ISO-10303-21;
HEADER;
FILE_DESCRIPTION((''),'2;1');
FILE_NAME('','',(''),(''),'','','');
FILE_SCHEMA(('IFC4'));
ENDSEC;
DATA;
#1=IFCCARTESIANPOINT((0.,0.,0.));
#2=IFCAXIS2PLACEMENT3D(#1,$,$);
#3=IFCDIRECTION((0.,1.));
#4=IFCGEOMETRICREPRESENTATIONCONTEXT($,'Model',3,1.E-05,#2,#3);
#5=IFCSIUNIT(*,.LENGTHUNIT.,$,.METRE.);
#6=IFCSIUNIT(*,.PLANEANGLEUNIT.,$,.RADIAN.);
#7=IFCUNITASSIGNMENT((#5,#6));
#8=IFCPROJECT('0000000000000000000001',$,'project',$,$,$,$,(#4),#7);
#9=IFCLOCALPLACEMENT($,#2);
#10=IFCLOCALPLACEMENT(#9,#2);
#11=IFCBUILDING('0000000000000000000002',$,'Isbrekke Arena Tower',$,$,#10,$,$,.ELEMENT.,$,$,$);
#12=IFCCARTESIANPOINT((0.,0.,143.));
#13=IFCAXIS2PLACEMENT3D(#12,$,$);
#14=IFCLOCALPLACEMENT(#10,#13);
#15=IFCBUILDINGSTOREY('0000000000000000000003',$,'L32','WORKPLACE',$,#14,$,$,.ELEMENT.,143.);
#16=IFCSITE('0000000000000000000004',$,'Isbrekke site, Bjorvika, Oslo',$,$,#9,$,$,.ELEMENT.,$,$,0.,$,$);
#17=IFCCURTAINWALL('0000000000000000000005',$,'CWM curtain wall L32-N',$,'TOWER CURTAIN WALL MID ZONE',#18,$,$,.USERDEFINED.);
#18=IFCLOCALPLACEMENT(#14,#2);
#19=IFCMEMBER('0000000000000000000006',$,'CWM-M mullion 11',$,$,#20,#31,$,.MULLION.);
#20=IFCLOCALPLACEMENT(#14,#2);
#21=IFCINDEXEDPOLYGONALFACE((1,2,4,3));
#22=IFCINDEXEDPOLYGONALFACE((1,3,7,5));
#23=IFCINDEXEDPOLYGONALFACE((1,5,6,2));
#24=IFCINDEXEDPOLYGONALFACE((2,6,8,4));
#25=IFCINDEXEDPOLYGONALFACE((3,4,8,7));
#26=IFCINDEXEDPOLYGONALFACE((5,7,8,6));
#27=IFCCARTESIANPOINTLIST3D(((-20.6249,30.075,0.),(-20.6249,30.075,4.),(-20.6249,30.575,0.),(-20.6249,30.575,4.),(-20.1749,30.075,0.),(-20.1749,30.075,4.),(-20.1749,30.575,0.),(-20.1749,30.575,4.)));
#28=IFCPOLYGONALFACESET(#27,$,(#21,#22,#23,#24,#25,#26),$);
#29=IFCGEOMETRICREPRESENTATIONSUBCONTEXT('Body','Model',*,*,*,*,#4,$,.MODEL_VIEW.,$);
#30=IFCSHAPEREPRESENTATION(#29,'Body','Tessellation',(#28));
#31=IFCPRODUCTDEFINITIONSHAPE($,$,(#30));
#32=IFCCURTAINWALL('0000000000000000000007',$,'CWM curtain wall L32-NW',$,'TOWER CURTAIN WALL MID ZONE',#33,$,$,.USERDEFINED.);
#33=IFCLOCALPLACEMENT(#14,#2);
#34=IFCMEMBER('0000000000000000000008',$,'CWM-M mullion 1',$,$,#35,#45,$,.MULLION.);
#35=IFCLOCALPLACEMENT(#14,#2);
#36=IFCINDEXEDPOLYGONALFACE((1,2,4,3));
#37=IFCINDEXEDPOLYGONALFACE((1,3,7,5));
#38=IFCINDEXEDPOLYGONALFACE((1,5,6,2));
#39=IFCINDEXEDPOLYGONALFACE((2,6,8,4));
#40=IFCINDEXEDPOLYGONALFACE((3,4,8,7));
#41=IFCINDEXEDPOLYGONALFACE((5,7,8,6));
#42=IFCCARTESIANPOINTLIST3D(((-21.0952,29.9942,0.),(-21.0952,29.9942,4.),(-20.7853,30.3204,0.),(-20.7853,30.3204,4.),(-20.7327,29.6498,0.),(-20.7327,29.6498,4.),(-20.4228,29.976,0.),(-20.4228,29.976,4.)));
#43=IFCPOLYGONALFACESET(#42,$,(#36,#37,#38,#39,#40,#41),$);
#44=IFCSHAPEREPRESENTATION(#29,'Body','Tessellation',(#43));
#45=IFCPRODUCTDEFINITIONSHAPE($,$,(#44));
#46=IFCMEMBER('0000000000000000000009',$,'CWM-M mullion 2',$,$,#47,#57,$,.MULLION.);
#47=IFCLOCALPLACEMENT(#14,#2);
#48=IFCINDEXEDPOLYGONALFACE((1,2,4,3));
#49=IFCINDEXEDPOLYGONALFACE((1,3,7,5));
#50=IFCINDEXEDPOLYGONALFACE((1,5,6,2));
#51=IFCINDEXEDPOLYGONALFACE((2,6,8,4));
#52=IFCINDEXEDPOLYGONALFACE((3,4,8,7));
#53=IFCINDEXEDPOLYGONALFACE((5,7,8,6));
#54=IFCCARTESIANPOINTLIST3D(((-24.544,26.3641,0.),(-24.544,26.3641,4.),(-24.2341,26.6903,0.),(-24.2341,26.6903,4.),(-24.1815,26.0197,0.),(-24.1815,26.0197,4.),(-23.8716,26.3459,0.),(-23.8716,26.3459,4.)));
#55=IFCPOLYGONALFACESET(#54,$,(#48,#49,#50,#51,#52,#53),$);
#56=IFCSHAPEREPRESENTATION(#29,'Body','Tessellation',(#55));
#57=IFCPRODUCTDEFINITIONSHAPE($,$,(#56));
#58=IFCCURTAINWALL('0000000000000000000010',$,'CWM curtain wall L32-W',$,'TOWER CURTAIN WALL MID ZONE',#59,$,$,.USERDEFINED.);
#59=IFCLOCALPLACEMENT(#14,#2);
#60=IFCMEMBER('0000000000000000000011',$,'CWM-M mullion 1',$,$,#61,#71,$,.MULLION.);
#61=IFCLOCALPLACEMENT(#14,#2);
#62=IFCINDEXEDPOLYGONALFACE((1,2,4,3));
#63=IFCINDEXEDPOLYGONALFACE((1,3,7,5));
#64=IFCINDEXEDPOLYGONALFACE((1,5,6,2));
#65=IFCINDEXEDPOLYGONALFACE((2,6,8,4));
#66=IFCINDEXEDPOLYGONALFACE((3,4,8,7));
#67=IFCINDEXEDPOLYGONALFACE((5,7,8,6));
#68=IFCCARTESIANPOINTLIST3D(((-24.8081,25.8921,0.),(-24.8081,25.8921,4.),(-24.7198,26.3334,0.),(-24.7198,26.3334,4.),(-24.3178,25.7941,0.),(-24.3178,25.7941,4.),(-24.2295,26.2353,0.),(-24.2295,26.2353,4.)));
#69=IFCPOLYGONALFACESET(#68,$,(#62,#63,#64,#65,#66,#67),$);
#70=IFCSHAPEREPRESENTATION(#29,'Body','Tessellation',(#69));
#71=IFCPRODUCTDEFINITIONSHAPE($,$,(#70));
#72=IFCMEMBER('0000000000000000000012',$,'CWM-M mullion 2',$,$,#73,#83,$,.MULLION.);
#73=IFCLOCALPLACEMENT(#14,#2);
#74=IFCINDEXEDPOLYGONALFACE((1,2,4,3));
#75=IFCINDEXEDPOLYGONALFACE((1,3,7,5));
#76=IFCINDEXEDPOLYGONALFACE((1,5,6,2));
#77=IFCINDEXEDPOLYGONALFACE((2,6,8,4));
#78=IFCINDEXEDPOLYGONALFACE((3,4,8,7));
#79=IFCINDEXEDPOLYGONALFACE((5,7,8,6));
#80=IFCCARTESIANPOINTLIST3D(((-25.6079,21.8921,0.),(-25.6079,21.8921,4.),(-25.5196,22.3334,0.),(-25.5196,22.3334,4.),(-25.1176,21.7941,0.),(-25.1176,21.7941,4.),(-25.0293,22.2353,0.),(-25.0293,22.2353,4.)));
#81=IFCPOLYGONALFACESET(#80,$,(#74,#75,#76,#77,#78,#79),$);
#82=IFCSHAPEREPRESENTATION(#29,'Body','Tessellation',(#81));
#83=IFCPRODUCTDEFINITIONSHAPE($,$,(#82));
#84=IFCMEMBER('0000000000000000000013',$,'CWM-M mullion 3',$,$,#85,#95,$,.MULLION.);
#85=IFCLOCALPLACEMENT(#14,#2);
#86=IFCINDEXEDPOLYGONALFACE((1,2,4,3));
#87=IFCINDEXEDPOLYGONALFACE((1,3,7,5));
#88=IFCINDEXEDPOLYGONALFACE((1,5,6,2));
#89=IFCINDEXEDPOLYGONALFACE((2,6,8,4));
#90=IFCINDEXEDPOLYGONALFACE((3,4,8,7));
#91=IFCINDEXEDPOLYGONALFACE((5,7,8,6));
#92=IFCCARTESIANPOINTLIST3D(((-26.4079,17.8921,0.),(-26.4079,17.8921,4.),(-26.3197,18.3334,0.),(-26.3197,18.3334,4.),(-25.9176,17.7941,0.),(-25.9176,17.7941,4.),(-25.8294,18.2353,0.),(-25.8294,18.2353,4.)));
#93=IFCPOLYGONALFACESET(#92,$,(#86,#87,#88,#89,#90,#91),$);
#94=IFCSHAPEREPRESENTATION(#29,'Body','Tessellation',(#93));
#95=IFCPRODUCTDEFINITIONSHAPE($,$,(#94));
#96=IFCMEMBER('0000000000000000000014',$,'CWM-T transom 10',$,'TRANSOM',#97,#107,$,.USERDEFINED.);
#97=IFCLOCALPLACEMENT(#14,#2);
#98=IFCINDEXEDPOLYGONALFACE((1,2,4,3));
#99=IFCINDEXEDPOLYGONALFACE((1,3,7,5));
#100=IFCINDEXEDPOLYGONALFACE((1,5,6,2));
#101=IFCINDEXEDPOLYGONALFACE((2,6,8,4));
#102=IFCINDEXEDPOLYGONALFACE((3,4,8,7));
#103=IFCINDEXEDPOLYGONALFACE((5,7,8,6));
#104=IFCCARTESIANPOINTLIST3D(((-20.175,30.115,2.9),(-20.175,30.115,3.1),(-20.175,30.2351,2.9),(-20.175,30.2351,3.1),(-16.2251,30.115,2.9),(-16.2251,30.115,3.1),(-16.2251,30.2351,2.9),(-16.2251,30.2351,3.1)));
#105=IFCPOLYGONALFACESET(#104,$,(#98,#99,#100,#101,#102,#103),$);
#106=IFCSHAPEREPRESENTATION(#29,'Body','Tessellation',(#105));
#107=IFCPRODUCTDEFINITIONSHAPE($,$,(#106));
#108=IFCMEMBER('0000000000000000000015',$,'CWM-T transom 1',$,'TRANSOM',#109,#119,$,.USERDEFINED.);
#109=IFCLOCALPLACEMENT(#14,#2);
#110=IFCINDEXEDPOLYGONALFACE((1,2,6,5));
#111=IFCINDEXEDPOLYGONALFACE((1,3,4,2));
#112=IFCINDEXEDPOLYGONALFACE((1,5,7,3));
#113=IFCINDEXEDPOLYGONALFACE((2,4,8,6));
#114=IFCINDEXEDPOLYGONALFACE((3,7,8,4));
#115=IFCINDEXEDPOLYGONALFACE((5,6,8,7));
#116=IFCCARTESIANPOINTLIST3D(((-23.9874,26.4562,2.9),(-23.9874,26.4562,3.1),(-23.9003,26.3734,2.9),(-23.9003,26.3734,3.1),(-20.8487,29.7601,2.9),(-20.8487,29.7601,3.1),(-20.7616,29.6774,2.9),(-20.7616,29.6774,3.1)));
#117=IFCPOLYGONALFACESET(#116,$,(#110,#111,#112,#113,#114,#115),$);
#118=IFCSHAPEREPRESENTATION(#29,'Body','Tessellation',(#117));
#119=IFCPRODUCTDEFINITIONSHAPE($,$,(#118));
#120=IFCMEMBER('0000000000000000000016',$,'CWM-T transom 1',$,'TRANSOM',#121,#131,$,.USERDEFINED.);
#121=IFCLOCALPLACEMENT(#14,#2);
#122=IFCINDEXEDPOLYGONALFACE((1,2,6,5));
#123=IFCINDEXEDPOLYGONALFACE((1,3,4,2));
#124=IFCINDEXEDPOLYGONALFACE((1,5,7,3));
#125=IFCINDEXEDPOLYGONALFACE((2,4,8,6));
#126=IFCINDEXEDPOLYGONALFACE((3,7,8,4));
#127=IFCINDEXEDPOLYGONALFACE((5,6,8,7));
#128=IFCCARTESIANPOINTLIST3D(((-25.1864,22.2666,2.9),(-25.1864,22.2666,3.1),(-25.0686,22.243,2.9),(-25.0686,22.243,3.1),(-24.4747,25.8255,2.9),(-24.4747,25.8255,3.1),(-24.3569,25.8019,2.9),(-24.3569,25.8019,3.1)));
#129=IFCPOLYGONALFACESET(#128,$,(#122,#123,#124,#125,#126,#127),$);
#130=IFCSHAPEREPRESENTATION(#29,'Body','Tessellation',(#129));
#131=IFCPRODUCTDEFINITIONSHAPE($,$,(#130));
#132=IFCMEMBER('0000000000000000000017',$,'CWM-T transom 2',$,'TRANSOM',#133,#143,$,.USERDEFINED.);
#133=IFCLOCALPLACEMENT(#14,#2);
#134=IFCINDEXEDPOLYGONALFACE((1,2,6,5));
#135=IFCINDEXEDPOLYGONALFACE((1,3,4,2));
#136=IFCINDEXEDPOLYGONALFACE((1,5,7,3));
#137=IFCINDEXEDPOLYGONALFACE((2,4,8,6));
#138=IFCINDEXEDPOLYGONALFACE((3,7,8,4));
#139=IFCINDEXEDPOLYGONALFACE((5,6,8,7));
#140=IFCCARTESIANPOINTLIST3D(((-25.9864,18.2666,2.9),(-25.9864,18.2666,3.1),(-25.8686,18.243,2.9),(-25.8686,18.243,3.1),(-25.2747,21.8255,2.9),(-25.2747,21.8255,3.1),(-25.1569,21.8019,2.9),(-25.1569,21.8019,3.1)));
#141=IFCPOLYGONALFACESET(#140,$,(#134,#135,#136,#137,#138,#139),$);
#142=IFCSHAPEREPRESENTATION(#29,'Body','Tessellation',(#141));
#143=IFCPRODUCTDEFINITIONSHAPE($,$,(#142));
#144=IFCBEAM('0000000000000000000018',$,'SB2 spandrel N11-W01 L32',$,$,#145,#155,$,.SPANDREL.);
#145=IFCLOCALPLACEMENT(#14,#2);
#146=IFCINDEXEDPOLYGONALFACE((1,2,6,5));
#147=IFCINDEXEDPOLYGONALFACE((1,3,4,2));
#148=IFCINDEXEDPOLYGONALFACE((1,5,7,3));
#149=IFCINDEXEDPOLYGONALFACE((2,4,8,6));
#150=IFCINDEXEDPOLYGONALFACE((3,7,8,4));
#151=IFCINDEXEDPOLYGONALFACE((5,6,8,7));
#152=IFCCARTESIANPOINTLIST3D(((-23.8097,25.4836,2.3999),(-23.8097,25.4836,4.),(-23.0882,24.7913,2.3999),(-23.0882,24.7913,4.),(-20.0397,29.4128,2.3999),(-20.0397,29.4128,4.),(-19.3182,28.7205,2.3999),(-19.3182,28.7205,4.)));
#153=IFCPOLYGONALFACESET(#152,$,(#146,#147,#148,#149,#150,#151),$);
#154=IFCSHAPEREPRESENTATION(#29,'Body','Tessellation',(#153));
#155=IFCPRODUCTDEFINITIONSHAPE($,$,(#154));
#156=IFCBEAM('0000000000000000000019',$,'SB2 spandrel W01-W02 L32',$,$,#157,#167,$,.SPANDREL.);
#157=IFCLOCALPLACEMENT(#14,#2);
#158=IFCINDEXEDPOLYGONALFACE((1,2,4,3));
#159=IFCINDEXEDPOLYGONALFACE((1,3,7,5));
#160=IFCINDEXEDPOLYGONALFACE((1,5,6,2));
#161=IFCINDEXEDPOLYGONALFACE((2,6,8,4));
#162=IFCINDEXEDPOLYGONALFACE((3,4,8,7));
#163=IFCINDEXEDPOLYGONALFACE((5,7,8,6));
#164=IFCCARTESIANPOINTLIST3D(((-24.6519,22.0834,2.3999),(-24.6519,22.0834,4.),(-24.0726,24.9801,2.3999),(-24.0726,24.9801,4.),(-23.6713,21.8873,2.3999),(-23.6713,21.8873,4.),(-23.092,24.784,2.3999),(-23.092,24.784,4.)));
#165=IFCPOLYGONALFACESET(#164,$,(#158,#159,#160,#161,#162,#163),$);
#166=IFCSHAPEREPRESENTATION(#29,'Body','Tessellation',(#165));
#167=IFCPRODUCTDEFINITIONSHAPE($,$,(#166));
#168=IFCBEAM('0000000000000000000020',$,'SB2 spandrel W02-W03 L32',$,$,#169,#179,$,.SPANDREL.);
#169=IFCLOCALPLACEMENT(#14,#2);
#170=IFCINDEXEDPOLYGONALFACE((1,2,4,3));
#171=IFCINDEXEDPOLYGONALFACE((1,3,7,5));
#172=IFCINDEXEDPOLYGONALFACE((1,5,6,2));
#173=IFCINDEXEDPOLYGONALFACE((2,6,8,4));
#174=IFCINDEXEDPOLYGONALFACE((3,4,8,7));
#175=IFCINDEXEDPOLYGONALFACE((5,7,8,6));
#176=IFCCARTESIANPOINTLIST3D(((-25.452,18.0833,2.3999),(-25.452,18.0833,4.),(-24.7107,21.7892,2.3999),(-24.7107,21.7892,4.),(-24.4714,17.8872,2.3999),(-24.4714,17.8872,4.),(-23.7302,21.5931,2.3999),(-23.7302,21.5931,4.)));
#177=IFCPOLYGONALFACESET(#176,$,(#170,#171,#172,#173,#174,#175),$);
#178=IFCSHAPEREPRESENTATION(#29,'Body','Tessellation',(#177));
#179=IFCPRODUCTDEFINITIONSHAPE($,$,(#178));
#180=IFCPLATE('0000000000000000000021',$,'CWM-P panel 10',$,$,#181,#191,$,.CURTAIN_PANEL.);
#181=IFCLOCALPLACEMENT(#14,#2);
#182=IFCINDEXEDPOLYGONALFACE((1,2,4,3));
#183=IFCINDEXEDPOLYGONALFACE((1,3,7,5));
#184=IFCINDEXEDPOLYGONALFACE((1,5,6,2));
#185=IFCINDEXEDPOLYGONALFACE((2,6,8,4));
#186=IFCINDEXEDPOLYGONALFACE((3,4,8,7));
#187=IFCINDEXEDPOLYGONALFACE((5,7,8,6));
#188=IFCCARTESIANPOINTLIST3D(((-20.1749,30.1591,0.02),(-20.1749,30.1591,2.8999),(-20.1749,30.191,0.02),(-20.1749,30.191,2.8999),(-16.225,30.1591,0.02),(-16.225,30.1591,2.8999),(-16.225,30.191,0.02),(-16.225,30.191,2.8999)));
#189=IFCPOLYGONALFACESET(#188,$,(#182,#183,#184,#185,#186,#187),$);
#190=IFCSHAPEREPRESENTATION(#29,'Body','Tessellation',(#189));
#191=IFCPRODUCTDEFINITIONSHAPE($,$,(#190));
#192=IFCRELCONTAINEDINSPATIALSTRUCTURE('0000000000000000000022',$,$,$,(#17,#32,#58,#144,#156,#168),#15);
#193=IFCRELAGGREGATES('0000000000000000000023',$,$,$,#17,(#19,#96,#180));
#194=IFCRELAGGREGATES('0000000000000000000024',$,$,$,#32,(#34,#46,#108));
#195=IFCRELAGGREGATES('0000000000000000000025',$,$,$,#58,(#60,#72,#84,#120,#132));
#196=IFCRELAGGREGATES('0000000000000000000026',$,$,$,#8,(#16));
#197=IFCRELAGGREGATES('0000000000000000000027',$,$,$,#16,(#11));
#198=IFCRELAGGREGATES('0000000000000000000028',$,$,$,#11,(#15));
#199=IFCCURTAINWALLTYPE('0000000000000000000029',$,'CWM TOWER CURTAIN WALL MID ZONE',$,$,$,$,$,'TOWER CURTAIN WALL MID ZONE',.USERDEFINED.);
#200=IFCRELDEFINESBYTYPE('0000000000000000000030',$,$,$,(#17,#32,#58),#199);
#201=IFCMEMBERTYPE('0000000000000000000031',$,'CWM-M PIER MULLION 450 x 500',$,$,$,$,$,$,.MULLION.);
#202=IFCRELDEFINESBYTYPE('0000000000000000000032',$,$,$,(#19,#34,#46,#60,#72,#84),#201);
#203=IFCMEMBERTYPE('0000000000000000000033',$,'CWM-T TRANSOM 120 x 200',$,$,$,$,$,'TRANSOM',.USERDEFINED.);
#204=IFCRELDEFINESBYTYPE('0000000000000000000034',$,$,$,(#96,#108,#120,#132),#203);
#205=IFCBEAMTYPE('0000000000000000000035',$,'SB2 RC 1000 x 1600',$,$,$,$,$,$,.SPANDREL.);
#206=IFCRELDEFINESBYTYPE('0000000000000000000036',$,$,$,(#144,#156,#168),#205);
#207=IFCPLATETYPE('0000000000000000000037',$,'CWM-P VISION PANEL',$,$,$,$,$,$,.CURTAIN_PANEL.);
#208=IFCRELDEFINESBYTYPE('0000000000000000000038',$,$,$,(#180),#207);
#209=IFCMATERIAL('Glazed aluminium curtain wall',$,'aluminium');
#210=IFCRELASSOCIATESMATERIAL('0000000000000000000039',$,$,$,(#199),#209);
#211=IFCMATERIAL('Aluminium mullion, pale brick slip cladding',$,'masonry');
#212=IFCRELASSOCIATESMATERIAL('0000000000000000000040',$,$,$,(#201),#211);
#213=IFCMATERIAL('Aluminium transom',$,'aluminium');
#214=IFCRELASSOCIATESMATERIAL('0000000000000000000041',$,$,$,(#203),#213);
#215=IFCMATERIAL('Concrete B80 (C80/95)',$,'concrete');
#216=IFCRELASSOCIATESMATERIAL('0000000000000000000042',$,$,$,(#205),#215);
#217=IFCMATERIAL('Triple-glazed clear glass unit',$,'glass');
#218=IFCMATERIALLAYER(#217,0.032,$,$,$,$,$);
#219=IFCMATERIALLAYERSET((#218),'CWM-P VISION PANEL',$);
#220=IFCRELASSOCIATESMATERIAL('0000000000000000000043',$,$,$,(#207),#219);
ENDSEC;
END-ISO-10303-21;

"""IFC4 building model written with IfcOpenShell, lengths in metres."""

from ifc_helpers import new_model, si_unit, direction, frame, origin, origin_2d, place, context, subcontext, project, spatial, rectangle, extrude, material, layer, layer_set, material_profile, profile_set, type_object, element, aggregate, save


model = new_model("IFC4")

# Units and contexts
model_context = context("Model", 3, precision=1e-05, world=origin(), true_north=direction((0.0, 1.0)))
body_context = subcontext(model_context, "Body", "Model", "MODEL_VIEW")
ifc_project = project(units=[si_unit("LENGTHUNIT", "METRE"), si_unit("PLANEANGLEUNIT", "RADIAN")], contexts=[model_context])

# Site, building, storey
site_placement = place(None, origin())
site = spatial("IfcSite", under=ifc_project, at=site_placement, Name="Isbrekke site, Bjorvika, Oslo", CompositionType="ELEMENT", RefElevation=0.0)
building_placement = place(site_placement, origin())
building = spatial("IfcBuilding", under=site, at=building_placement, Name="Isbrekke Arena Tower", CompositionType="ELEMENT")
storey_placement = place(building_placement, frame((0.0, 0.0, 143.0)))
storey = spatial("IfcBuildingStorey", under=building, at=storey_placement, Name="L32", Description="WORKPLACE", CompositionType="ELEMENT", Elevation=143.0)

# Curtain wall, member
ifc_material_1 = material(Name="Glazed aluminium curtain wall", Category="aluminium")
curtain_wall_type = type_object("IfcCurtainWallType", Name="CWM TOWER CURTAIN WALL MID ZONE", ElementType="TOWER CURTAIN WALL MID ZONE", PredefinedType="USERDEFINED", material=ifc_material_1)
curtain_wall_1_placement = place(storey_placement, origin())
curtain_wall_1 = element("IfcCurtainWall", 1, at=curtain_wall_1_placement, inside=storey, type_object=curtain_wall_type, Name="CWM curtain wall L32-N", ObjectType="TOWER CURTAIN WALL MID ZONE", PredefinedType="USERDEFINED")
ifc_material_2 = material(Name="Aluminium mullion, pale brick slip cladding", Category="masonry")
ifc_material_profile_1 = material_profile(ifc_material_2, rectangle(XDim=0.45, YDim=0.5, at=origin_2d()), Name="PIER 450X500")
ifc_profile_set_1 = profile_set([ifc_material_profile_1], Name="Aluminium mullion, pale brick slip cladding")
member_type_1 = type_object("IfcMemberType", Name="CWM-M PIER MULLION 450 x 500", PredefinedType="MULLION", material=ifc_profile_set_1)
member_1_placement = place(storey_placement, frame((-20.3999, 30.325, 0.0), z_axis=(0.0, 0.0, 1.0), x_axis=(-1.0, 0.0, 0.0)))
member_1 = element("IfcMember", 2, at=member_1_placement, type_object=member_type_1, Name="CWM-M mullion 11", PredefinedType="MULLION", context=body_context, shape_type="SweptSolid", body=[
    extrude(rectangle(XDim=0.45, YDim=0.5, at=origin_2d()), origin(), (0.0, 0.0, 1.0), 4.0),
])

# Curtain walls, members
curtain_wall_2_placement = place(storey_placement, origin())
curtain_wall_2 = element("IfcCurtainWall", 3, at=curtain_wall_2_placement, inside=storey, type_object=curtain_wall_type, Name="CWM curtain wall L32-NW", ObjectType="TOWER CURTAIN WALL MID ZONE", PredefinedType="USERDEFINED")
member_2_placement = place(storey_placement, frame((-20.759, 29.9851, 0.0), z_axis=(0.0, 0.0, 1.0), x_axis=(-0.688749, -0.724999, 0.0)))
member_2 = element("IfcMember", 4, at=member_2_placement, type_object=member_type_1, Name="CWM-M mullion 1", PredefinedType="MULLION", context=body_context, shape_type="SweptSolid", body=[
    extrude(rectangle(XDim=0.45, YDim=0.5, at=origin_2d()), origin(), (0.0, 0.0, 1.0), 4.0),
])
member_3_placement = place(storey_placement, frame((-24.2078, 26.355, 0.0), z_axis=(0.0, 0.0, 1.0), x_axis=(-0.688749, -0.724999, 0.0)))
member_3 = element("IfcMember", 5, at=member_3_placement, type_object=member_type_1, Name="CWM-M mullion 2", PredefinedType="MULLION", context=body_context, shape_type="SweptSolid", body=[
    extrude(rectangle(XDim=0.45, YDim=0.5, at=origin_2d()), origin(), (0.0, 0.0, 1.0), 4.0),
])
curtain_wall_3_placement = place(storey_placement, origin())
curtain_wall_3 = element("IfcCurtainWall", 6, at=curtain_wall_3_placement, inside=storey, type_object=curtain_wall_type, Name="CWM curtain wall L32-W", ObjectType="TOWER CURTAIN WALL MID ZONE", PredefinedType="USERDEFINED")
member_4_placement = place(storey_placement, frame((-24.5188, 26.0637, 0.0), z_axis=(0.0, 0.0, 1.0), x_axis=(-0.196116, -0.980581, 0.0)))
member_4 = element("IfcMember", 7, at=member_4_placement, type_object=member_type_1, Name="CWM-M mullion 1", PredefinedType="MULLION", context=body_context, shape_type="SweptSolid", body=[
    extrude(rectangle(XDim=0.45, YDim=0.5, at=origin_2d()), origin(), (0.0, 0.0, 1.0), 4.0),
])
member_5_placement = place(storey_placement, frame((-25.3186, 22.0637, 0.0), z_axis=(0.0, 0.0, 1.0), x_axis=(-0.196116, -0.980581, 0.0)))
member_5 = element("IfcMember", 8, at=member_5_placement, type_object=member_type_1, Name="CWM-M mullion 2", PredefinedType="MULLION", context=body_context, shape_type="SweptSolid", body=[
    extrude(rectangle(XDim=0.45, YDim=0.5, at=origin_2d()), origin(), (0.0, 0.0, 1.0), 4.0),
])
member_6_placement = place(storey_placement, frame((-26.1187, 18.0637, 0.0), z_axis=(0.0, 0.0, 1.0), x_axis=(-0.196116, -0.980581, 0.0)))
member_6 = element("IfcMember", 9, at=member_6_placement, type_object=member_type_1, Name="CWM-M mullion 3", PredefinedType="MULLION", context=body_context, shape_type="SweptSolid", body=[
    extrude(rectangle(XDim=0.45, YDim=0.5, at=origin_2d()), origin(), (0.0, 0.0, 1.0), 4.0),
])

# Members
ifc_material_3 = material(Name="Aluminium transom", Category="aluminium")
ifc_material_profile_2 = material_profile(ifc_material_3, rectangle(XDim=0.1201, YDim=0.2, at=origin_2d()), Name="TRANSOM 120X200")
ifc_profile_set_2 = profile_set([ifc_material_profile_2], Name="Aluminium transom")
member_type_2 = type_object("IfcMemberType", Name="CWM-T TRANSOM 120 x 200", ElementType="TRANSOM", PredefinedType="USERDEFINED", material=ifc_profile_set_2)
member_7_placement = place(storey_placement, frame((-16.2251, 30.175, 3.0), z_axis=(-1.0, 0.0, 0.0), x_axis=(0.0, -1.0, 0.0)))
member_7 = element("IfcMember", 10, at=member_7_placement, type_object=member_type_2, Name="CWM-T transom 10", ObjectType="TRANSOM", PredefinedType="USERDEFINED", context=body_context, shape_type="SweptSolid", body=[
    extrude(rectangle(XDim=0.1201, YDim=0.2, at=origin_2d()), origin(), (0.0, 0.0, 1.0), 3.95),
])
member_8_placement = place(storey_placement, frame((-20.8052, 29.7188, 3.0), z_axis=(-0.68874, -0.725009, 0.0), x_axis=(0.725009, -0.68874, 0.0)))
member_8 = element("IfcMember", 11, at=member_8_placement, type_object=member_type_2, Name="CWM-T transom 1", ObjectType="TRANSOM", PredefinedType="USERDEFINED", context=body_context, shape_type="SweptSolid", body=[
    extrude(rectangle(XDim=0.1201, YDim=0.2, at=origin_2d()), origin(), (0.0, 0.0, 1.0), 4.5571),
])
member_9_placement = place(storey_placement, frame((-24.4158, 25.8137, 3.0), z_axis=(-0.19609, -0.980586, 0.0), x_axis=(0.980586, -0.19609, 0.0)))
member_9 = element("IfcMember", 12, at=member_9_placement, type_object=member_type_2, Name="CWM-T transom 1", ObjectType="TRANSOM", PredefinedType="USERDEFINED", context=body_context, shape_type="SweptSolid", body=[
    extrude(rectangle(XDim=0.1201, YDim=0.2, at=origin_2d()), origin(), (0.0, 0.0, 1.0), 3.6294),
])
member_10_placement = place(storey_placement, frame((-25.2158, 21.8137, 3.0), z_axis=(-0.19609, -0.980586, 0.0), x_axis=(0.980586, -0.19609, 0.0)))
member_10 = element("IfcMember", 13, at=member_10_placement, type_object=member_type_2, Name="CWM-T transom 2", ObjectType="TRANSOM", PredefinedType="USERDEFINED", context=body_context, shape_type="SweptSolid", body=[
    extrude(rectangle(XDim=0.1201, YDim=0.2, at=origin_2d()), origin(), (0.0, 0.0, 1.0), 3.6294),
])

# Beams
ifc_material_4 = material(Name="Concrete B80 (C80/95)", Category="concrete")
ifc_material_profile_3 = material_profile(ifc_material_4, rectangle(XDim=1.0, YDim=1.6001, at=origin_2d()), Name="RC 1000x1600")
ifc_profile_set_3 = profile_set([ifc_material_profile_3], Name="Concrete B80 (C80/95)")
beam_type_1 = type_object("IfcBeamType", Name="SB2 RC 1000 x 1600", PredefinedType="SPANDREL", material=ifc_profile_set_3)
beam_1_placement = place(storey_placement, frame((-19.679, 29.0667, 3.2), z_axis=(-0.69234, -0.721572, 0.0), x_axis=(0.721572, -0.69234, 0.0)))
element("IfcBeam", 14, at=beam_1_placement, inside=storey, type_object=beam_type_1, Name="SB2 spandrel N11-W01 L32", PredefinedType="SPANDREL", context=body_context, shape_type="SweptSolid", body=[
    extrude(rectangle(XDim=1.0, YDim=1.6001, at=origin_2d()), origin(), (0.0, 0.0, 1.0), 5.4453),
])
beam_2_placement = place(storey_placement, frame((-23.5823, 24.8821, 3.2), z_axis=(-0.196116, -0.980581, 0.0), x_axis=(0.980581, -0.196116, 0.0)))
element("IfcBeam", 15, at=beam_2_placement, inside=storey, type_object=beam_type_1, Name="SB2 spandrel W01-W02 L32", PredefinedType="SPANDREL", context=body_context, shape_type="SweptSolid", body=[
    extrude(rectangle(XDim=1.0, YDim=1.6001, at=origin_2d()), origin(), (0.0, 0.0, 1.0), 2.9541),
])
beam_3_placement = place(storey_placement, frame((-24.2205, 21.6912, 3.2), z_axis=(-0.196129, -0.980578, 0.0), x_axis=(0.980578, -0.196129, 0.0)))
element("IfcBeam", 16, at=beam_3_placement, inside=storey, type_object=beam_type_1, Name="SB2 spandrel W02-W03 L32", PredefinedType="SPANDREL", context=body_context, shape_type="SweptSolid", body=[
    extrude(rectangle(XDim=1.0, YDim=1.6001, at=origin_2d()), origin(), (0.0, 0.0, 1.0), 3.7793),
])

# Plate
ifc_material_5 = material(Name="Triple-glazed clear glass unit", Category="glass")
ifc_layer_1 = layer(ifc_material_5, 0.032)
ifc_layer_set_1 = layer_set([ifc_layer_1], Name="CWM-P VISION PANEL")
plate_type = type_object("IfcPlateType", Name="CWM-P VISION PANEL", PredefinedType="CURTAIN_PANEL", material=ifc_layer_set_1)
plate_1_placement = place(storey_placement, frame((-18.2, 30.175, 0.02), z_axis=(0.0, 0.0, 1.0), x_axis=(-1.0, 0.0, 0.0)))
plate_1 = element("IfcPlate", 17, at=plate_1_placement, type_object=plate_type, Name="CWM-P panel 10", PredefinedType="CURTAIN_PANEL", context=body_context, shape_type="SweptSolid", body=[
    extrude(rectangle(XDim=3.95, YDim=0.032, at=origin_2d()), origin(), (0.0, 0.0, 1.0), 2.8799),
])
aggregate(curtain_wall_1, [member_1, member_7, plate_1])
aggregate(curtain_wall_2, [member_2, member_3, member_8])
aggregate(curtain_wall_3, [member_4, member_5, member_6, member_9, member_10])

save(model, "model.ifc")
